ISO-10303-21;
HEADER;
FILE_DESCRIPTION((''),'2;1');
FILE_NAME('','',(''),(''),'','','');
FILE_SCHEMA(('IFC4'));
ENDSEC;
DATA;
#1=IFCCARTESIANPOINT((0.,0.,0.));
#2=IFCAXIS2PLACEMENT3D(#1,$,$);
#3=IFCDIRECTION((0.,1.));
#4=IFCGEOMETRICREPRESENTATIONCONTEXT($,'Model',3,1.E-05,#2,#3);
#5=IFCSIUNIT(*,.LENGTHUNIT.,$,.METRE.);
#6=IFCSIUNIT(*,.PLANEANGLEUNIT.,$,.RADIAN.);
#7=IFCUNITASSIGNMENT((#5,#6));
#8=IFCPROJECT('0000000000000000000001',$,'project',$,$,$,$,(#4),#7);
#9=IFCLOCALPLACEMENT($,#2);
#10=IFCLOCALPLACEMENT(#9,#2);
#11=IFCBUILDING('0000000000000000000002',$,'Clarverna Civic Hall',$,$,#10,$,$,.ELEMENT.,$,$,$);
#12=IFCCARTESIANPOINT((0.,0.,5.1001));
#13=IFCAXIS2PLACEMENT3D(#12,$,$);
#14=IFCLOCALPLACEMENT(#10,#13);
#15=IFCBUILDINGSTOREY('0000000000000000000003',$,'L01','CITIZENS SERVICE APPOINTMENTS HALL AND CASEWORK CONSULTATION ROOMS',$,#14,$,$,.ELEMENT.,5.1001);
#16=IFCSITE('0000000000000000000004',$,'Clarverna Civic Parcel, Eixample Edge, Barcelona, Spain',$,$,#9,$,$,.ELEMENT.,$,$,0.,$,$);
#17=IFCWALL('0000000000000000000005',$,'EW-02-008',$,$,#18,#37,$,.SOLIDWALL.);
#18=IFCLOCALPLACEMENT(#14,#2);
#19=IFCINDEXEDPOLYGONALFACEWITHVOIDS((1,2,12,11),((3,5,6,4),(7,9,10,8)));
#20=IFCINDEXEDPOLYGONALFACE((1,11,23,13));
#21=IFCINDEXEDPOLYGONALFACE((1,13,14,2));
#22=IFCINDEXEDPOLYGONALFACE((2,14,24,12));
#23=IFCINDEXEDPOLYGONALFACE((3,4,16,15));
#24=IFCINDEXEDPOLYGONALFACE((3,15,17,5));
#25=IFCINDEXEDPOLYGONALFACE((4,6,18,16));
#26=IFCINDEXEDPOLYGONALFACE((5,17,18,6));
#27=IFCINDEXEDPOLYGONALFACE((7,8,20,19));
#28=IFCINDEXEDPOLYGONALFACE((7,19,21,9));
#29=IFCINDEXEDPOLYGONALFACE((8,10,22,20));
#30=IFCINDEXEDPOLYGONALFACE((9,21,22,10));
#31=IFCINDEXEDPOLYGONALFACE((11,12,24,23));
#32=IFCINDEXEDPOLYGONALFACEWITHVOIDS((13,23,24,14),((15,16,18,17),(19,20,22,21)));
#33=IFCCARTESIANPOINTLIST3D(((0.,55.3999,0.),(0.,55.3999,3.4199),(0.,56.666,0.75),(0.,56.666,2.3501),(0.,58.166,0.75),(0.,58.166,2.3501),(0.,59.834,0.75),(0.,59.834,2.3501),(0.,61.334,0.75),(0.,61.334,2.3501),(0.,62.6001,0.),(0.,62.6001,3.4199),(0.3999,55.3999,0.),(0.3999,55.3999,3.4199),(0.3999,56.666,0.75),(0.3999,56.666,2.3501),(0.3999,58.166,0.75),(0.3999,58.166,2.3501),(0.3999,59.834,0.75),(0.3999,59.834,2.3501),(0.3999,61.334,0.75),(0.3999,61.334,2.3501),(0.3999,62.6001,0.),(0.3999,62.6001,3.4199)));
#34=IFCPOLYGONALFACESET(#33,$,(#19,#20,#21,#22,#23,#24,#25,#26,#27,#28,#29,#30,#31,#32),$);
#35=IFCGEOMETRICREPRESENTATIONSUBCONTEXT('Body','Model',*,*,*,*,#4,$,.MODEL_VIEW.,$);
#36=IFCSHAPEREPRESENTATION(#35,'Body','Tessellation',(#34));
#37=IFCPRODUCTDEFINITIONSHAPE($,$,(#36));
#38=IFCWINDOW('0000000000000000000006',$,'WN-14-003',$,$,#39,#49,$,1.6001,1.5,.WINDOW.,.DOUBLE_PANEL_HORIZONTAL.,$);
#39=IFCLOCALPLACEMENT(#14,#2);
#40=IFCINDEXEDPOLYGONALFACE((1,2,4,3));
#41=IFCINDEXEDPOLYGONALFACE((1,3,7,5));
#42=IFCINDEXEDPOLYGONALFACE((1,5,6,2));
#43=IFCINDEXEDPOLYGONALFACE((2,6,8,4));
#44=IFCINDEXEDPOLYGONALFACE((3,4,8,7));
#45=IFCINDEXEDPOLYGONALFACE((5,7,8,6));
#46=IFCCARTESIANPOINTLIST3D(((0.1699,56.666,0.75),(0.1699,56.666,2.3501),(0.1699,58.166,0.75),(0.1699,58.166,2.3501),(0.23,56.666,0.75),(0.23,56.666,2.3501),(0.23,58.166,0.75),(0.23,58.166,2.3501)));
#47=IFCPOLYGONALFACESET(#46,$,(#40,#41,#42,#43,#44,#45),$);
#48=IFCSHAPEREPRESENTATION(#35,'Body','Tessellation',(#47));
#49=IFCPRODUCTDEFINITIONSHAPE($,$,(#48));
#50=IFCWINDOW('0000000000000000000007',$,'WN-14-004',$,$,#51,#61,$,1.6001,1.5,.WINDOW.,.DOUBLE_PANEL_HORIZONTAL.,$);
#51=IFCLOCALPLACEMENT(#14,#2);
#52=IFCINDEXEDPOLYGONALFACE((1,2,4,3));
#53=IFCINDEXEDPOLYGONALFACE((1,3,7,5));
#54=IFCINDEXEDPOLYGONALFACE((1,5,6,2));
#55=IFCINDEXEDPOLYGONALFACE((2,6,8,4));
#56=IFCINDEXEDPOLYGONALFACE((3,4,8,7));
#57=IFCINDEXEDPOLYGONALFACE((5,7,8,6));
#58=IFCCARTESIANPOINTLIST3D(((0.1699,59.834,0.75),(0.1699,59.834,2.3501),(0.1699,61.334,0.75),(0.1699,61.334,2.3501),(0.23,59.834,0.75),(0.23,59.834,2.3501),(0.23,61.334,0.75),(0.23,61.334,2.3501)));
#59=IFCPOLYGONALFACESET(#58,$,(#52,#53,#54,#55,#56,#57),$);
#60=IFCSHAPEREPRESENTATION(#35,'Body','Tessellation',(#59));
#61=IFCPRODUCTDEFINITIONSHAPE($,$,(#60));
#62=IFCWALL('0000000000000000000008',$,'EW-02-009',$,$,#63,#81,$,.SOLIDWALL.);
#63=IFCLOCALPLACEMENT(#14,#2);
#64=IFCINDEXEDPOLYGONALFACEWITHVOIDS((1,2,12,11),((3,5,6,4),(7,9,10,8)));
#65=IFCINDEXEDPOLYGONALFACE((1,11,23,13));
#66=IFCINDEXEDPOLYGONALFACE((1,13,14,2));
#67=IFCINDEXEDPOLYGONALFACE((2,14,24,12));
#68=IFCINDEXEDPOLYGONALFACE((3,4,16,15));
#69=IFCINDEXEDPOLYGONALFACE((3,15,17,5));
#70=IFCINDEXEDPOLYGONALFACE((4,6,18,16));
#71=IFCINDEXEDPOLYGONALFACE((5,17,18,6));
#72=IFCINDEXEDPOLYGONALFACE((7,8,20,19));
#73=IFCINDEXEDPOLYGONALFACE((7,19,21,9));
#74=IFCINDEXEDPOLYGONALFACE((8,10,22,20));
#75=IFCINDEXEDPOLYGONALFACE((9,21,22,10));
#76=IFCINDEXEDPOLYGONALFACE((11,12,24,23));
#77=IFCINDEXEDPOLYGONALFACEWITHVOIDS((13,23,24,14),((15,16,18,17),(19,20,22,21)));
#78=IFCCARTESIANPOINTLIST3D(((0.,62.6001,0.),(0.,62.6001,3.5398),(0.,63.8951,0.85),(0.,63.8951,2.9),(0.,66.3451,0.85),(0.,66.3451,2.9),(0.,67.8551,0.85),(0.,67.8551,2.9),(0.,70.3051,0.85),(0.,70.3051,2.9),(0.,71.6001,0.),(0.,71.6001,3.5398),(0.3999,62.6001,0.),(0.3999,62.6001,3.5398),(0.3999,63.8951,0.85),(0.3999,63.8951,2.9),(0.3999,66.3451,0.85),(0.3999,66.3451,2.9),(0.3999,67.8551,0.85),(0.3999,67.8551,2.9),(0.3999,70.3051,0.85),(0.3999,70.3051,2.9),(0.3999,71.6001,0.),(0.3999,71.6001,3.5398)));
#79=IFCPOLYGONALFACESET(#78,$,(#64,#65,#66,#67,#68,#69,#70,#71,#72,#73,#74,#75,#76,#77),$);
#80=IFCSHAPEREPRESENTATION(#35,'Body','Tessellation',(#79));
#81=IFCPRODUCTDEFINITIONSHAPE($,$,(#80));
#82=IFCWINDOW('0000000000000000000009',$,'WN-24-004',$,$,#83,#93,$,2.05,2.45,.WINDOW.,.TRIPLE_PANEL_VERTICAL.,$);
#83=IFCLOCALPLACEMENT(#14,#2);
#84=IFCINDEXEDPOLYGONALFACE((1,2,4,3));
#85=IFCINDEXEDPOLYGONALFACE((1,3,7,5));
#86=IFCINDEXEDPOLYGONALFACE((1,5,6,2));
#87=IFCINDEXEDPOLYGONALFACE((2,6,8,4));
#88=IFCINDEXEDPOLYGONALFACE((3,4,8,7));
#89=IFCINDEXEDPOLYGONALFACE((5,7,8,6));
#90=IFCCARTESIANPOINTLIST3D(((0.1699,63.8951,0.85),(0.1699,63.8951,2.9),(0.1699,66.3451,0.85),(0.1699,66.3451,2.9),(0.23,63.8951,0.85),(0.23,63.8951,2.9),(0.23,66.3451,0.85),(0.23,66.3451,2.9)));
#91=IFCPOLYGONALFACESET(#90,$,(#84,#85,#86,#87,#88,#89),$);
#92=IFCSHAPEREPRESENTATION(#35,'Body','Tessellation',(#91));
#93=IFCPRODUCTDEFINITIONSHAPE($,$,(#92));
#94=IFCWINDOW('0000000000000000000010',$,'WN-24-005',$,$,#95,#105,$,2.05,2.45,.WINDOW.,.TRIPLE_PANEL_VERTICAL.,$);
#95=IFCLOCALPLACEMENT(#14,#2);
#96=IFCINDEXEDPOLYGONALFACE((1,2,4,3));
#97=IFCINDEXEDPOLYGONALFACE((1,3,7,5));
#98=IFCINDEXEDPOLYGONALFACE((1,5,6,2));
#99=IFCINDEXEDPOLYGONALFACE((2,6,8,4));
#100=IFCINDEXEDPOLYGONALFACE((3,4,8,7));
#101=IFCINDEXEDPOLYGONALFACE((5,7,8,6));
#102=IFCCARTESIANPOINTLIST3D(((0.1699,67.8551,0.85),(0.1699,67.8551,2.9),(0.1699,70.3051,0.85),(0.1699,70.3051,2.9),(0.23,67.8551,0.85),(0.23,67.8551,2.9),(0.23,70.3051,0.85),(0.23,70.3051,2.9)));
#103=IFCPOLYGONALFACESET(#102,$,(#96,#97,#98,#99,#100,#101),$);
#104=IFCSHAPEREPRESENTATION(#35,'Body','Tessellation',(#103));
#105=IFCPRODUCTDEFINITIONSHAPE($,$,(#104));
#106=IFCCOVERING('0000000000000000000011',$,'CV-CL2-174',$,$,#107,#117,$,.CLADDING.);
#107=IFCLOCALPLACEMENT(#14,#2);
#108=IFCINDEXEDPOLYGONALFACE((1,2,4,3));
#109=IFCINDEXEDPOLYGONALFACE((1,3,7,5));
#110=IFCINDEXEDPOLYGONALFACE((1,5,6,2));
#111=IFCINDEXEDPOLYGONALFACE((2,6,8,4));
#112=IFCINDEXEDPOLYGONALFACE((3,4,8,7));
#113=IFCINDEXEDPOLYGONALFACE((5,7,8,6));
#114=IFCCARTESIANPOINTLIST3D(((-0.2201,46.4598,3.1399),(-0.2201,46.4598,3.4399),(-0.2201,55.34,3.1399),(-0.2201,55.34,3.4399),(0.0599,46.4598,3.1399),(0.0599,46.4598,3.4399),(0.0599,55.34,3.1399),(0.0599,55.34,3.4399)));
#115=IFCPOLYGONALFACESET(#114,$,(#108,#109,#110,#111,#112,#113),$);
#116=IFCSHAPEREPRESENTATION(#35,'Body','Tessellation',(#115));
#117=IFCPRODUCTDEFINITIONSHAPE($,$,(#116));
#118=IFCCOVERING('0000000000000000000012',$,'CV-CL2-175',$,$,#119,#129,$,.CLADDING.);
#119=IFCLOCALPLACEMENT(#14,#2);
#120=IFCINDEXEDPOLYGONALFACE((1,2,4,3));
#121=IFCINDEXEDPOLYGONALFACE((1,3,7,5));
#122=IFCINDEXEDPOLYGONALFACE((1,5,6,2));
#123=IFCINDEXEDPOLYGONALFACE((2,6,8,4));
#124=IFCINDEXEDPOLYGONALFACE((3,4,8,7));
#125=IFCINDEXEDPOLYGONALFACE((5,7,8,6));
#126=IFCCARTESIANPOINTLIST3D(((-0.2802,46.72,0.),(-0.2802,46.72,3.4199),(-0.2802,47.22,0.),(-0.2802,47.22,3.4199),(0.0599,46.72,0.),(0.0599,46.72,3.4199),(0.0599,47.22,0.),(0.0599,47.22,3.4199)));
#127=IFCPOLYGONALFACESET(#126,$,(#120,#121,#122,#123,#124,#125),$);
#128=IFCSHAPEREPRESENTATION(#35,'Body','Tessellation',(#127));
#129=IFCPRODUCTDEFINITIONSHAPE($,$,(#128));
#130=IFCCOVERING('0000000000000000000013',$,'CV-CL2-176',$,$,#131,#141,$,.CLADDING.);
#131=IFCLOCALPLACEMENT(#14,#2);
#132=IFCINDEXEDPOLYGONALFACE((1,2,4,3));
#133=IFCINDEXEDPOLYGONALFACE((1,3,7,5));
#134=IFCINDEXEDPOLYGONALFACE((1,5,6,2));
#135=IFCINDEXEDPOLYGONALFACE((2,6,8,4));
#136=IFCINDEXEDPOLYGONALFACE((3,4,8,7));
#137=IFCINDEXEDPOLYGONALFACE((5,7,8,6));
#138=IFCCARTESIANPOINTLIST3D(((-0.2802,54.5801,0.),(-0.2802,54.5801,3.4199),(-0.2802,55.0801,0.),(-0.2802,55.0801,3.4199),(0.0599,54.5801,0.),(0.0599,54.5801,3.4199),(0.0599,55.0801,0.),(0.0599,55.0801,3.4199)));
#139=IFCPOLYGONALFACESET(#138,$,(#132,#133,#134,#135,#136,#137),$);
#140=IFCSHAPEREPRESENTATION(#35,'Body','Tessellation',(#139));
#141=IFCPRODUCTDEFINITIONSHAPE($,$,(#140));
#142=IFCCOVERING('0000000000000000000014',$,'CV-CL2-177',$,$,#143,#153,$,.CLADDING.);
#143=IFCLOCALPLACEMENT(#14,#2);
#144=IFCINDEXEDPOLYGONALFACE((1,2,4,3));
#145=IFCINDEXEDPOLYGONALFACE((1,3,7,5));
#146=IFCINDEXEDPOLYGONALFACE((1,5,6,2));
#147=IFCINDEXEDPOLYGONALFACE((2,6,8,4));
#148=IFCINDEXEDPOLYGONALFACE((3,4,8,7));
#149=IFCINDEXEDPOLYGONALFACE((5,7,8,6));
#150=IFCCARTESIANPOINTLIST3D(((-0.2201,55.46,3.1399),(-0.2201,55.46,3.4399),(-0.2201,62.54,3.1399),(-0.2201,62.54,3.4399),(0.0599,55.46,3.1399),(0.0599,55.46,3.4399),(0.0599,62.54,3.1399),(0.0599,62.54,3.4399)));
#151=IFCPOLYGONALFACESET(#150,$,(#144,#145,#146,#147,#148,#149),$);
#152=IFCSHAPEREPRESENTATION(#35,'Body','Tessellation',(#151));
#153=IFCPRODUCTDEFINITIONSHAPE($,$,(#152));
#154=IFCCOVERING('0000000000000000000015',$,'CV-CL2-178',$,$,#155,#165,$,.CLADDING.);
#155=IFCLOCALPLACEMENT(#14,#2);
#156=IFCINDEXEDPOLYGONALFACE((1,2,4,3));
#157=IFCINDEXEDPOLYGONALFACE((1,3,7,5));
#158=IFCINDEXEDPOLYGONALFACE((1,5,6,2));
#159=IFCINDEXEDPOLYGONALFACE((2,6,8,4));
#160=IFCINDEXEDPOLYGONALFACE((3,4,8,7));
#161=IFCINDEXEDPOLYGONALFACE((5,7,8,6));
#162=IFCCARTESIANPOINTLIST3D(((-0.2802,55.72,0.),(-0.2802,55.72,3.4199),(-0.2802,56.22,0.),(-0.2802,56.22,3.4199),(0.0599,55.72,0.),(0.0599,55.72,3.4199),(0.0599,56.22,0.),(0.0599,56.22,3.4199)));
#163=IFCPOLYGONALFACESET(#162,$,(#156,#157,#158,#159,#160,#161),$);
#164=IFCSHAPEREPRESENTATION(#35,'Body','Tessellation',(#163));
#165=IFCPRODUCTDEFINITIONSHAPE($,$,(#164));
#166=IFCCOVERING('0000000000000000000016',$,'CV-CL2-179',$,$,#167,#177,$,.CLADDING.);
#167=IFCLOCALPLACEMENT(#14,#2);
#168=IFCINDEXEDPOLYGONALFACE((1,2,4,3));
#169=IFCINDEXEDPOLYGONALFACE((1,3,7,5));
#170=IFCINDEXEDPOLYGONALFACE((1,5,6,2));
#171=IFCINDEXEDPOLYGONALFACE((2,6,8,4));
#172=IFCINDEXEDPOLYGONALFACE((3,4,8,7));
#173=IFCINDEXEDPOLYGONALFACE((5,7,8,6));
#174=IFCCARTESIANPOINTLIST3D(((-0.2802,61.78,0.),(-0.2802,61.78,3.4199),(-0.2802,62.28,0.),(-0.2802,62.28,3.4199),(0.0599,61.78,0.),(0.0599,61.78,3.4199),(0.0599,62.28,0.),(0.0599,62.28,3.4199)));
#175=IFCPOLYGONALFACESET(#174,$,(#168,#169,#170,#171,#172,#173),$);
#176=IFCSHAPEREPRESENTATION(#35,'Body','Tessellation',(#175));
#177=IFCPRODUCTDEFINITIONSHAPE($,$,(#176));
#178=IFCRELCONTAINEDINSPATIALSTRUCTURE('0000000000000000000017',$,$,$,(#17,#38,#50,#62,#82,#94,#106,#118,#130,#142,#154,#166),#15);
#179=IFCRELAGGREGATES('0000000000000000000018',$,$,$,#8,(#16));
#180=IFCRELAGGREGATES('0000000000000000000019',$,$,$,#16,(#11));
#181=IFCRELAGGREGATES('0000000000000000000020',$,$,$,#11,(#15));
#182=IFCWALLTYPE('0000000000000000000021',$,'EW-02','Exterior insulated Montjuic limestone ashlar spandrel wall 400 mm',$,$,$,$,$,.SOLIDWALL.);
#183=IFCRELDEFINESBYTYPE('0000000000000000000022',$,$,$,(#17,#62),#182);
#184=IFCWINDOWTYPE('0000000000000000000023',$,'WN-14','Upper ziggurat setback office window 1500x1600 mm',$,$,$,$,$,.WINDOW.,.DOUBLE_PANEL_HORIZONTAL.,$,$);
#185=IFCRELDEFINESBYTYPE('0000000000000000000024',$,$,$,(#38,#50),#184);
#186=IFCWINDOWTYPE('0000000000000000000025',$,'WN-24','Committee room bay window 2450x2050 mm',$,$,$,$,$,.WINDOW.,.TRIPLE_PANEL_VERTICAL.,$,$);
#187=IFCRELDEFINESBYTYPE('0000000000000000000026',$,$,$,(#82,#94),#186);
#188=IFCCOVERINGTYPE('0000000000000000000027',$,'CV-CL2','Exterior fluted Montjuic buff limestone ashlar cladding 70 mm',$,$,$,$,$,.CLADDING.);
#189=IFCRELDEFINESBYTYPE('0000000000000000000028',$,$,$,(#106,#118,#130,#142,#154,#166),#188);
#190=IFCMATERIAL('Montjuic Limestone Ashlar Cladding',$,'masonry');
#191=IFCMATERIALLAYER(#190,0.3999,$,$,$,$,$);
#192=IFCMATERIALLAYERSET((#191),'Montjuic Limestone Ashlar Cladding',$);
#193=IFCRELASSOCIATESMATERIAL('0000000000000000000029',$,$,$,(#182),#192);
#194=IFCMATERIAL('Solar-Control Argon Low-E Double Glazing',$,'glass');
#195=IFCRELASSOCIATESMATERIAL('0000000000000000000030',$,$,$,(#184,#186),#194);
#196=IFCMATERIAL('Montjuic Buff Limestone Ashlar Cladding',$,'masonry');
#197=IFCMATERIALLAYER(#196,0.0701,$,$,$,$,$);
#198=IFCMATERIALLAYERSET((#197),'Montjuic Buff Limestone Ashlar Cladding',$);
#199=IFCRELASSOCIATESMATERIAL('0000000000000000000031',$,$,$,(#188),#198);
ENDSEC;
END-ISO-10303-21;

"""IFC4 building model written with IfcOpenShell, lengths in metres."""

from ifc_helpers import new_model, si_unit, direction, frame, frame_2d, origin, place, context, subcontext, project, spatial, rectangle, extrude, material, layer, layer_set, type_object, element, fill, save


model = new_model("IFC4")

# Units and contexts
model_context = context("Model", 3, precision=1e-05, world=origin(), true_north=direction((0.0, 1.0)))
body_context = subcontext(model_context, "Body", "Model", "MODEL_VIEW")
ifc_project = project(units=[si_unit("LENGTHUNIT", "METRE"), si_unit("PLANEANGLEUNIT", "RADIAN")], contexts=[model_context])

# Site, building, storey
site_placement = place(None, origin())
site = spatial("IfcSite", under=ifc_project, at=site_placement, Name="Clarverna Civic Parcel, Eixample Edge, Barcelona, Spain", CompositionType="ELEMENT", RefElevation=0.0)
building_placement = place(site_placement, origin())
building = spatial("IfcBuilding", under=site, at=building_placement, Name="Clarverna Civic Hall", CompositionType="ELEMENT")
storey_placement = place(building_placement, frame((0.0, 0.0, 5.1001)))
storey = spatial("IfcBuildingStorey", under=building, at=storey_placement, Name="L01", Description="CITIZENS SERVICE APPOINTMENTS HALL AND CASEWORK CONSULTATION ROOMS", CompositionType="ELEMENT", Elevation=5.1001)

# Walls, openings, windows
ifc_material_1 = material(Name="Montjuic Limestone Ashlar Cladding", Category="masonry")
ifc_layer_1 = layer(ifc_material_1, 0.3999)
ifc_layer_set_1 = layer_set([ifc_layer_1], Name="Montjuic Limestone Ashlar Cladding")
wall_type = type_object("IfcWallType", Name="EW-02", Description="Exterior insulated Montjuic limestone ashlar spandrel wall 400 mm", PredefinedType="SOLIDWALL", material=ifc_layer_set_1)
wall_1_placement = place(storey_placement, frame((0.2, 55.3999, 0.0), z_axis=(0.0, 0.0, 1.0), x_axis=(0.0, 1.0, 0.0)))
wall_1 = element("IfcWall", 1, at=wall_1_placement, inside=storey, type_object=wall_type, Name="EW-02-008", PredefinedType="SOLIDWALL", context=body_context, shape_type="SweptSolid", body=[
    extrude(rectangle(XDim=7.2002, YDim=0.3999, at=frame_2d((3.6001, 0.0))), origin(), (0.0, 0.0, 1.0), 3.4199),
])
opening_1_placement = place(wall_1_placement, frame((1.2661, 0.0, 0.75)))
opening_1 = element("IfcOpeningElement", 2, at=opening_1_placement, cuts=wall_1, PredefinedType="OPENING", context=body_context, shape_type="SweptSolid", body=[
    extrude(rectangle(XDim=1.5, YDim=1.6001, at=frame_2d((0.75, 0.8))), frame((0.0, 0.21, 0.0), z_axis=(0.0, -1.0, 0.0), x_axis=(1.0, 0.0, 0.0)), (0.0, 0.0, 1.0), 0.4199),
])
opening_2_placement = place(wall_1_placement, frame((4.4341, 0.0, 0.75)))
opening_2 = element("IfcOpeningElement", 3, at=opening_2_placement, cuts=wall_1, PredefinedType="OPENING", context=body_context, shape_type="SweptSolid", body=[
    extrude(rectangle(XDim=1.5, YDim=1.6001, at=frame_2d((0.75, 0.8))), frame((0.0, 0.21, 0.0), z_axis=(0.0, -1.0, 0.0), x_axis=(1.0, 0.0, 0.0)), (0.0, 0.0, 1.0), 0.4199),
])
ifc_material_2 = material(Name="Solar-Control Argon Low-E Double Glazing", Category="glass")
window_type_1 = type_object("IfcWindowType", Name="WN-14", Description="Upper ziggurat setback office window 1500x1600 mm", PartitioningType="DOUBLE_PANEL_HORIZONTAL", PredefinedType="WINDOW", material=ifc_material_2)
window_1_placement = place(opening_1_placement, origin())
window_1 = element("IfcWindow", 4, at=window_1_placement, inside=storey, type_object=window_type_1, Name="WN-14-003", OverallHeight=1.6001, OverallWidth=1.5, PartitioningType="DOUBLE_PANEL_HORIZONTAL", PredefinedType="WINDOW", context=body_context, shape_type="SweptSolid", body=[
    extrude(rectangle(XDim=1.5, YDim=1.6001, at=frame_2d((0.75, 0.8))), frame((0.0, 0.03, 0.0), z_axis=(0.0, -1.0, 0.0), x_axis=(1.0, 0.0, 0.0)), (0.0, 0.0, 1.0), 0.0601),
])
fill(opening_1, window_1)
window_2_placement = place(opening_2_placement, origin())
window_2 = element("IfcWindow", 5, at=window_2_placement, inside=storey, type_object=window_type_1, Name="WN-14-004", OverallHeight=1.6001, OverallWidth=1.5, PartitioningType="DOUBLE_PANEL_HORIZONTAL", PredefinedType="WINDOW", context=body_context, shape_type="SweptSolid", body=[
    extrude(rectangle(XDim=1.5, YDim=1.6001, at=frame_2d((0.75, 0.8))), frame((0.0, 0.03, 0.0), z_axis=(0.0, -1.0, 0.0), x_axis=(1.0, 0.0, 0.0)), (0.0, 0.0, 1.0), 0.0601),
])
fill(opening_2, window_2)
wall_2_placement = place(storey_placement, frame((0.2, 62.6001, 0.0), z_axis=(0.0, 0.0, 1.0), x_axis=(0.0, 1.0, 0.0)))
wall_2 = element("IfcWall", 6, at=wall_2_placement, inside=storey, type_object=wall_type, Name="EW-02-009", PredefinedType="SOLIDWALL", context=body_context, shape_type="SweptSolid", body=[
    extrude(rectangle(XDim=9.0, YDim=0.3999, at=frame_2d((4.5, 0.0))), origin(), (0.0, 0.0, 1.0), 3.5398),
])
opening_3_placement = place(wall_2_placement, frame((1.2949, 0.0, 0.8501)))
opening_3 = element("IfcOpeningElement", 7, at=opening_3_placement, cuts=wall_2, PredefinedType="OPENING", context=body_context, shape_type="SweptSolid", body=[
    extrude(rectangle(XDim=2.45, YDim=2.05, at=frame_2d((1.2251, 1.0249))), frame((0.0, 0.21, 0.0), z_axis=(0.0, -1.0, 0.0), x_axis=(1.0, 0.0, 0.0)), (0.0, 0.0, 1.0), 0.4199),
])
opening_4_placement = place(wall_2_placement, frame((5.2549, 0.0, 0.8501)))
opening_4 = element("IfcOpeningElement", 8, at=opening_4_placement, cuts=wall_2, PredefinedType="OPENING", context=body_context, shape_type="SweptSolid", body=[
    extrude(rectangle(XDim=2.45, YDim=2.05, at=frame_2d((1.2251, 1.0249))), frame((0.0, 0.21, 0.0), z_axis=(0.0, -1.0, 0.0), x_axis=(1.0, 0.0, 0.0)), (0.0, 0.0, 1.0), 0.4199),
])
window_type_2 = type_object("IfcWindowType", Name="WN-24", Description="Committee room bay window 2450x2050 mm", PartitioningType="TRIPLE_PANEL_VERTICAL", PredefinedType="WINDOW", material=ifc_material_2)
window_3_placement = place(opening_3_placement, origin())
window_3 = element("IfcWindow", 9, at=window_3_placement, inside=storey, type_object=window_type_2, Name="WN-24-004", OverallHeight=2.05, OverallWidth=2.45, PartitioningType="TRIPLE_PANEL_VERTICAL", PredefinedType="WINDOW", context=body_context, shape_type="SweptSolid", body=[
    extrude(rectangle(XDim=2.45, YDim=2.05, at=frame_2d((1.2251, 1.0249))), frame((0.0, 0.03, 0.0), z_axis=(0.0, -1.0, 0.0), x_axis=(1.0, 0.0, 0.0)), (0.0, 0.0, 1.0), 0.0601),
])
fill(opening_3, window_3)
window_4_placement = place(opening_4_placement, origin())
window_4 = element("IfcWindow", 10, at=window_4_placement, inside=storey, type_object=window_type_2, Name="WN-24-005", OverallHeight=2.05, OverallWidth=2.45, PartitioningType="TRIPLE_PANEL_VERTICAL", PredefinedType="WINDOW", context=body_context, shape_type="SweptSolid", body=[
    extrude(rectangle(XDim=2.45, YDim=2.05, at=frame_2d((1.2251, 1.0249))), frame((0.0, 0.03, 0.0), z_axis=(0.0, -1.0, 0.0), x_axis=(1.0, 0.0, 0.0)), (0.0, 0.0, 1.0), 0.0601),
])
fill(opening_4, window_4)

# Coverings
ifc_material_3 = material(Name="Montjuic Buff Limestone Ashlar Cladding", Category="masonry")
ifc_layer_2 = layer(ifc_material_3, 0.0701)
ifc_layer_set_2 = layer_set([ifc_layer_2], Name="Montjuic Buff Limestone Ashlar Cladding")
covering_type = type_object("IfcCoveringType", Name="CV-CL2", Description="Exterior fluted Montjuic buff limestone ashlar cladding 70 mm", PredefinedType="CLADDING", material=ifc_layer_set_2)
covering_1_placement = place(storey_placement, frame((-0.0801, 46.46, 3.1399), z_axis=(0.0, 0.0, 1.0), x_axis=(0.0, 1.0, 0.0)))
element("IfcCovering", 11, at=covering_1_placement, inside=storey, type_object=covering_type, Name="CV-CL2-174", PredefinedType="CLADDING", context=body_context, shape_type="SweptSolid", body=[
    extrude(rectangle(XDim=8.8801, YDim=0.28, at=frame_2d((4.4399, 0.0))), origin(), (0.0, 0.0, 1.0), 0.3),
])
for number, where, z_axis, x_axis, name in (
    (12, (-0.1101, 46.72, 0.0), (0.0, 0.0, 1.0), (0.0, 1.0, 0.0), "CV-CL2-175"),
    (13, (-0.1101, 54.5801, 0.0), (0.0, 0.0, 1.0), (0.0, 1.0, 0.0), "CV-CL2-176"),
):
    element("IfcCovering", number, at=place(storey_placement, frame(where, z_axis=z_axis, x_axis=x_axis)), inside=storey, type_object=covering_type, Name=name, PredefinedType="CLADDING", context=body_context, shape_type="SweptSolid", body=[
        extrude(rectangle(XDim=0.5, YDim=0.3401, at=frame_2d((0.25, 0.0))), origin(), (0.0, 0.0, 1.0), 3.4199),
    ])
covering_2_placement = place(storey_placement, frame((-0.0801, 55.46, 3.1399), z_axis=(0.0, 0.0, 1.0), x_axis=(0.0, 1.0, 0.0)))
element("IfcCovering", 14, at=covering_2_placement, inside=storey, type_object=covering_type, Name="CV-CL2-177", PredefinedType="CLADDING", context=body_context, shape_type="SweptSolid", body=[
    extrude(rectangle(XDim=7.0801, YDim=0.28, at=frame_2d((3.54, 0.0))), origin(), (0.0, 0.0, 1.0), 0.3),
])
for number, where, z_axis, x_axis, name in (
    (15, (-0.1101, 55.72, 0.0), (0.0, 0.0, 1.0), (0.0, 1.0, 0.0), "CV-CL2-178"),
    (16, (-0.1101, 61.78, 0.0), (0.0, 0.0, 1.0), (0.0, 1.0, 0.0), "CV-CL2-179"),
):
    element("IfcCovering", number, at=place(storey_placement, frame(where, z_axis=z_axis, x_axis=x_axis)), inside=storey, type_object=covering_type, Name=name, PredefinedType="CLADDING", context=body_context, shape_type="SweptSolid", body=[
        extrude(rectangle(XDim=0.5, YDim=0.3401, at=frame_2d((0.25, 0.0))), origin(), (0.0, 0.0, 1.0), 3.4199),
    ])

save(model, "model.ifc")
